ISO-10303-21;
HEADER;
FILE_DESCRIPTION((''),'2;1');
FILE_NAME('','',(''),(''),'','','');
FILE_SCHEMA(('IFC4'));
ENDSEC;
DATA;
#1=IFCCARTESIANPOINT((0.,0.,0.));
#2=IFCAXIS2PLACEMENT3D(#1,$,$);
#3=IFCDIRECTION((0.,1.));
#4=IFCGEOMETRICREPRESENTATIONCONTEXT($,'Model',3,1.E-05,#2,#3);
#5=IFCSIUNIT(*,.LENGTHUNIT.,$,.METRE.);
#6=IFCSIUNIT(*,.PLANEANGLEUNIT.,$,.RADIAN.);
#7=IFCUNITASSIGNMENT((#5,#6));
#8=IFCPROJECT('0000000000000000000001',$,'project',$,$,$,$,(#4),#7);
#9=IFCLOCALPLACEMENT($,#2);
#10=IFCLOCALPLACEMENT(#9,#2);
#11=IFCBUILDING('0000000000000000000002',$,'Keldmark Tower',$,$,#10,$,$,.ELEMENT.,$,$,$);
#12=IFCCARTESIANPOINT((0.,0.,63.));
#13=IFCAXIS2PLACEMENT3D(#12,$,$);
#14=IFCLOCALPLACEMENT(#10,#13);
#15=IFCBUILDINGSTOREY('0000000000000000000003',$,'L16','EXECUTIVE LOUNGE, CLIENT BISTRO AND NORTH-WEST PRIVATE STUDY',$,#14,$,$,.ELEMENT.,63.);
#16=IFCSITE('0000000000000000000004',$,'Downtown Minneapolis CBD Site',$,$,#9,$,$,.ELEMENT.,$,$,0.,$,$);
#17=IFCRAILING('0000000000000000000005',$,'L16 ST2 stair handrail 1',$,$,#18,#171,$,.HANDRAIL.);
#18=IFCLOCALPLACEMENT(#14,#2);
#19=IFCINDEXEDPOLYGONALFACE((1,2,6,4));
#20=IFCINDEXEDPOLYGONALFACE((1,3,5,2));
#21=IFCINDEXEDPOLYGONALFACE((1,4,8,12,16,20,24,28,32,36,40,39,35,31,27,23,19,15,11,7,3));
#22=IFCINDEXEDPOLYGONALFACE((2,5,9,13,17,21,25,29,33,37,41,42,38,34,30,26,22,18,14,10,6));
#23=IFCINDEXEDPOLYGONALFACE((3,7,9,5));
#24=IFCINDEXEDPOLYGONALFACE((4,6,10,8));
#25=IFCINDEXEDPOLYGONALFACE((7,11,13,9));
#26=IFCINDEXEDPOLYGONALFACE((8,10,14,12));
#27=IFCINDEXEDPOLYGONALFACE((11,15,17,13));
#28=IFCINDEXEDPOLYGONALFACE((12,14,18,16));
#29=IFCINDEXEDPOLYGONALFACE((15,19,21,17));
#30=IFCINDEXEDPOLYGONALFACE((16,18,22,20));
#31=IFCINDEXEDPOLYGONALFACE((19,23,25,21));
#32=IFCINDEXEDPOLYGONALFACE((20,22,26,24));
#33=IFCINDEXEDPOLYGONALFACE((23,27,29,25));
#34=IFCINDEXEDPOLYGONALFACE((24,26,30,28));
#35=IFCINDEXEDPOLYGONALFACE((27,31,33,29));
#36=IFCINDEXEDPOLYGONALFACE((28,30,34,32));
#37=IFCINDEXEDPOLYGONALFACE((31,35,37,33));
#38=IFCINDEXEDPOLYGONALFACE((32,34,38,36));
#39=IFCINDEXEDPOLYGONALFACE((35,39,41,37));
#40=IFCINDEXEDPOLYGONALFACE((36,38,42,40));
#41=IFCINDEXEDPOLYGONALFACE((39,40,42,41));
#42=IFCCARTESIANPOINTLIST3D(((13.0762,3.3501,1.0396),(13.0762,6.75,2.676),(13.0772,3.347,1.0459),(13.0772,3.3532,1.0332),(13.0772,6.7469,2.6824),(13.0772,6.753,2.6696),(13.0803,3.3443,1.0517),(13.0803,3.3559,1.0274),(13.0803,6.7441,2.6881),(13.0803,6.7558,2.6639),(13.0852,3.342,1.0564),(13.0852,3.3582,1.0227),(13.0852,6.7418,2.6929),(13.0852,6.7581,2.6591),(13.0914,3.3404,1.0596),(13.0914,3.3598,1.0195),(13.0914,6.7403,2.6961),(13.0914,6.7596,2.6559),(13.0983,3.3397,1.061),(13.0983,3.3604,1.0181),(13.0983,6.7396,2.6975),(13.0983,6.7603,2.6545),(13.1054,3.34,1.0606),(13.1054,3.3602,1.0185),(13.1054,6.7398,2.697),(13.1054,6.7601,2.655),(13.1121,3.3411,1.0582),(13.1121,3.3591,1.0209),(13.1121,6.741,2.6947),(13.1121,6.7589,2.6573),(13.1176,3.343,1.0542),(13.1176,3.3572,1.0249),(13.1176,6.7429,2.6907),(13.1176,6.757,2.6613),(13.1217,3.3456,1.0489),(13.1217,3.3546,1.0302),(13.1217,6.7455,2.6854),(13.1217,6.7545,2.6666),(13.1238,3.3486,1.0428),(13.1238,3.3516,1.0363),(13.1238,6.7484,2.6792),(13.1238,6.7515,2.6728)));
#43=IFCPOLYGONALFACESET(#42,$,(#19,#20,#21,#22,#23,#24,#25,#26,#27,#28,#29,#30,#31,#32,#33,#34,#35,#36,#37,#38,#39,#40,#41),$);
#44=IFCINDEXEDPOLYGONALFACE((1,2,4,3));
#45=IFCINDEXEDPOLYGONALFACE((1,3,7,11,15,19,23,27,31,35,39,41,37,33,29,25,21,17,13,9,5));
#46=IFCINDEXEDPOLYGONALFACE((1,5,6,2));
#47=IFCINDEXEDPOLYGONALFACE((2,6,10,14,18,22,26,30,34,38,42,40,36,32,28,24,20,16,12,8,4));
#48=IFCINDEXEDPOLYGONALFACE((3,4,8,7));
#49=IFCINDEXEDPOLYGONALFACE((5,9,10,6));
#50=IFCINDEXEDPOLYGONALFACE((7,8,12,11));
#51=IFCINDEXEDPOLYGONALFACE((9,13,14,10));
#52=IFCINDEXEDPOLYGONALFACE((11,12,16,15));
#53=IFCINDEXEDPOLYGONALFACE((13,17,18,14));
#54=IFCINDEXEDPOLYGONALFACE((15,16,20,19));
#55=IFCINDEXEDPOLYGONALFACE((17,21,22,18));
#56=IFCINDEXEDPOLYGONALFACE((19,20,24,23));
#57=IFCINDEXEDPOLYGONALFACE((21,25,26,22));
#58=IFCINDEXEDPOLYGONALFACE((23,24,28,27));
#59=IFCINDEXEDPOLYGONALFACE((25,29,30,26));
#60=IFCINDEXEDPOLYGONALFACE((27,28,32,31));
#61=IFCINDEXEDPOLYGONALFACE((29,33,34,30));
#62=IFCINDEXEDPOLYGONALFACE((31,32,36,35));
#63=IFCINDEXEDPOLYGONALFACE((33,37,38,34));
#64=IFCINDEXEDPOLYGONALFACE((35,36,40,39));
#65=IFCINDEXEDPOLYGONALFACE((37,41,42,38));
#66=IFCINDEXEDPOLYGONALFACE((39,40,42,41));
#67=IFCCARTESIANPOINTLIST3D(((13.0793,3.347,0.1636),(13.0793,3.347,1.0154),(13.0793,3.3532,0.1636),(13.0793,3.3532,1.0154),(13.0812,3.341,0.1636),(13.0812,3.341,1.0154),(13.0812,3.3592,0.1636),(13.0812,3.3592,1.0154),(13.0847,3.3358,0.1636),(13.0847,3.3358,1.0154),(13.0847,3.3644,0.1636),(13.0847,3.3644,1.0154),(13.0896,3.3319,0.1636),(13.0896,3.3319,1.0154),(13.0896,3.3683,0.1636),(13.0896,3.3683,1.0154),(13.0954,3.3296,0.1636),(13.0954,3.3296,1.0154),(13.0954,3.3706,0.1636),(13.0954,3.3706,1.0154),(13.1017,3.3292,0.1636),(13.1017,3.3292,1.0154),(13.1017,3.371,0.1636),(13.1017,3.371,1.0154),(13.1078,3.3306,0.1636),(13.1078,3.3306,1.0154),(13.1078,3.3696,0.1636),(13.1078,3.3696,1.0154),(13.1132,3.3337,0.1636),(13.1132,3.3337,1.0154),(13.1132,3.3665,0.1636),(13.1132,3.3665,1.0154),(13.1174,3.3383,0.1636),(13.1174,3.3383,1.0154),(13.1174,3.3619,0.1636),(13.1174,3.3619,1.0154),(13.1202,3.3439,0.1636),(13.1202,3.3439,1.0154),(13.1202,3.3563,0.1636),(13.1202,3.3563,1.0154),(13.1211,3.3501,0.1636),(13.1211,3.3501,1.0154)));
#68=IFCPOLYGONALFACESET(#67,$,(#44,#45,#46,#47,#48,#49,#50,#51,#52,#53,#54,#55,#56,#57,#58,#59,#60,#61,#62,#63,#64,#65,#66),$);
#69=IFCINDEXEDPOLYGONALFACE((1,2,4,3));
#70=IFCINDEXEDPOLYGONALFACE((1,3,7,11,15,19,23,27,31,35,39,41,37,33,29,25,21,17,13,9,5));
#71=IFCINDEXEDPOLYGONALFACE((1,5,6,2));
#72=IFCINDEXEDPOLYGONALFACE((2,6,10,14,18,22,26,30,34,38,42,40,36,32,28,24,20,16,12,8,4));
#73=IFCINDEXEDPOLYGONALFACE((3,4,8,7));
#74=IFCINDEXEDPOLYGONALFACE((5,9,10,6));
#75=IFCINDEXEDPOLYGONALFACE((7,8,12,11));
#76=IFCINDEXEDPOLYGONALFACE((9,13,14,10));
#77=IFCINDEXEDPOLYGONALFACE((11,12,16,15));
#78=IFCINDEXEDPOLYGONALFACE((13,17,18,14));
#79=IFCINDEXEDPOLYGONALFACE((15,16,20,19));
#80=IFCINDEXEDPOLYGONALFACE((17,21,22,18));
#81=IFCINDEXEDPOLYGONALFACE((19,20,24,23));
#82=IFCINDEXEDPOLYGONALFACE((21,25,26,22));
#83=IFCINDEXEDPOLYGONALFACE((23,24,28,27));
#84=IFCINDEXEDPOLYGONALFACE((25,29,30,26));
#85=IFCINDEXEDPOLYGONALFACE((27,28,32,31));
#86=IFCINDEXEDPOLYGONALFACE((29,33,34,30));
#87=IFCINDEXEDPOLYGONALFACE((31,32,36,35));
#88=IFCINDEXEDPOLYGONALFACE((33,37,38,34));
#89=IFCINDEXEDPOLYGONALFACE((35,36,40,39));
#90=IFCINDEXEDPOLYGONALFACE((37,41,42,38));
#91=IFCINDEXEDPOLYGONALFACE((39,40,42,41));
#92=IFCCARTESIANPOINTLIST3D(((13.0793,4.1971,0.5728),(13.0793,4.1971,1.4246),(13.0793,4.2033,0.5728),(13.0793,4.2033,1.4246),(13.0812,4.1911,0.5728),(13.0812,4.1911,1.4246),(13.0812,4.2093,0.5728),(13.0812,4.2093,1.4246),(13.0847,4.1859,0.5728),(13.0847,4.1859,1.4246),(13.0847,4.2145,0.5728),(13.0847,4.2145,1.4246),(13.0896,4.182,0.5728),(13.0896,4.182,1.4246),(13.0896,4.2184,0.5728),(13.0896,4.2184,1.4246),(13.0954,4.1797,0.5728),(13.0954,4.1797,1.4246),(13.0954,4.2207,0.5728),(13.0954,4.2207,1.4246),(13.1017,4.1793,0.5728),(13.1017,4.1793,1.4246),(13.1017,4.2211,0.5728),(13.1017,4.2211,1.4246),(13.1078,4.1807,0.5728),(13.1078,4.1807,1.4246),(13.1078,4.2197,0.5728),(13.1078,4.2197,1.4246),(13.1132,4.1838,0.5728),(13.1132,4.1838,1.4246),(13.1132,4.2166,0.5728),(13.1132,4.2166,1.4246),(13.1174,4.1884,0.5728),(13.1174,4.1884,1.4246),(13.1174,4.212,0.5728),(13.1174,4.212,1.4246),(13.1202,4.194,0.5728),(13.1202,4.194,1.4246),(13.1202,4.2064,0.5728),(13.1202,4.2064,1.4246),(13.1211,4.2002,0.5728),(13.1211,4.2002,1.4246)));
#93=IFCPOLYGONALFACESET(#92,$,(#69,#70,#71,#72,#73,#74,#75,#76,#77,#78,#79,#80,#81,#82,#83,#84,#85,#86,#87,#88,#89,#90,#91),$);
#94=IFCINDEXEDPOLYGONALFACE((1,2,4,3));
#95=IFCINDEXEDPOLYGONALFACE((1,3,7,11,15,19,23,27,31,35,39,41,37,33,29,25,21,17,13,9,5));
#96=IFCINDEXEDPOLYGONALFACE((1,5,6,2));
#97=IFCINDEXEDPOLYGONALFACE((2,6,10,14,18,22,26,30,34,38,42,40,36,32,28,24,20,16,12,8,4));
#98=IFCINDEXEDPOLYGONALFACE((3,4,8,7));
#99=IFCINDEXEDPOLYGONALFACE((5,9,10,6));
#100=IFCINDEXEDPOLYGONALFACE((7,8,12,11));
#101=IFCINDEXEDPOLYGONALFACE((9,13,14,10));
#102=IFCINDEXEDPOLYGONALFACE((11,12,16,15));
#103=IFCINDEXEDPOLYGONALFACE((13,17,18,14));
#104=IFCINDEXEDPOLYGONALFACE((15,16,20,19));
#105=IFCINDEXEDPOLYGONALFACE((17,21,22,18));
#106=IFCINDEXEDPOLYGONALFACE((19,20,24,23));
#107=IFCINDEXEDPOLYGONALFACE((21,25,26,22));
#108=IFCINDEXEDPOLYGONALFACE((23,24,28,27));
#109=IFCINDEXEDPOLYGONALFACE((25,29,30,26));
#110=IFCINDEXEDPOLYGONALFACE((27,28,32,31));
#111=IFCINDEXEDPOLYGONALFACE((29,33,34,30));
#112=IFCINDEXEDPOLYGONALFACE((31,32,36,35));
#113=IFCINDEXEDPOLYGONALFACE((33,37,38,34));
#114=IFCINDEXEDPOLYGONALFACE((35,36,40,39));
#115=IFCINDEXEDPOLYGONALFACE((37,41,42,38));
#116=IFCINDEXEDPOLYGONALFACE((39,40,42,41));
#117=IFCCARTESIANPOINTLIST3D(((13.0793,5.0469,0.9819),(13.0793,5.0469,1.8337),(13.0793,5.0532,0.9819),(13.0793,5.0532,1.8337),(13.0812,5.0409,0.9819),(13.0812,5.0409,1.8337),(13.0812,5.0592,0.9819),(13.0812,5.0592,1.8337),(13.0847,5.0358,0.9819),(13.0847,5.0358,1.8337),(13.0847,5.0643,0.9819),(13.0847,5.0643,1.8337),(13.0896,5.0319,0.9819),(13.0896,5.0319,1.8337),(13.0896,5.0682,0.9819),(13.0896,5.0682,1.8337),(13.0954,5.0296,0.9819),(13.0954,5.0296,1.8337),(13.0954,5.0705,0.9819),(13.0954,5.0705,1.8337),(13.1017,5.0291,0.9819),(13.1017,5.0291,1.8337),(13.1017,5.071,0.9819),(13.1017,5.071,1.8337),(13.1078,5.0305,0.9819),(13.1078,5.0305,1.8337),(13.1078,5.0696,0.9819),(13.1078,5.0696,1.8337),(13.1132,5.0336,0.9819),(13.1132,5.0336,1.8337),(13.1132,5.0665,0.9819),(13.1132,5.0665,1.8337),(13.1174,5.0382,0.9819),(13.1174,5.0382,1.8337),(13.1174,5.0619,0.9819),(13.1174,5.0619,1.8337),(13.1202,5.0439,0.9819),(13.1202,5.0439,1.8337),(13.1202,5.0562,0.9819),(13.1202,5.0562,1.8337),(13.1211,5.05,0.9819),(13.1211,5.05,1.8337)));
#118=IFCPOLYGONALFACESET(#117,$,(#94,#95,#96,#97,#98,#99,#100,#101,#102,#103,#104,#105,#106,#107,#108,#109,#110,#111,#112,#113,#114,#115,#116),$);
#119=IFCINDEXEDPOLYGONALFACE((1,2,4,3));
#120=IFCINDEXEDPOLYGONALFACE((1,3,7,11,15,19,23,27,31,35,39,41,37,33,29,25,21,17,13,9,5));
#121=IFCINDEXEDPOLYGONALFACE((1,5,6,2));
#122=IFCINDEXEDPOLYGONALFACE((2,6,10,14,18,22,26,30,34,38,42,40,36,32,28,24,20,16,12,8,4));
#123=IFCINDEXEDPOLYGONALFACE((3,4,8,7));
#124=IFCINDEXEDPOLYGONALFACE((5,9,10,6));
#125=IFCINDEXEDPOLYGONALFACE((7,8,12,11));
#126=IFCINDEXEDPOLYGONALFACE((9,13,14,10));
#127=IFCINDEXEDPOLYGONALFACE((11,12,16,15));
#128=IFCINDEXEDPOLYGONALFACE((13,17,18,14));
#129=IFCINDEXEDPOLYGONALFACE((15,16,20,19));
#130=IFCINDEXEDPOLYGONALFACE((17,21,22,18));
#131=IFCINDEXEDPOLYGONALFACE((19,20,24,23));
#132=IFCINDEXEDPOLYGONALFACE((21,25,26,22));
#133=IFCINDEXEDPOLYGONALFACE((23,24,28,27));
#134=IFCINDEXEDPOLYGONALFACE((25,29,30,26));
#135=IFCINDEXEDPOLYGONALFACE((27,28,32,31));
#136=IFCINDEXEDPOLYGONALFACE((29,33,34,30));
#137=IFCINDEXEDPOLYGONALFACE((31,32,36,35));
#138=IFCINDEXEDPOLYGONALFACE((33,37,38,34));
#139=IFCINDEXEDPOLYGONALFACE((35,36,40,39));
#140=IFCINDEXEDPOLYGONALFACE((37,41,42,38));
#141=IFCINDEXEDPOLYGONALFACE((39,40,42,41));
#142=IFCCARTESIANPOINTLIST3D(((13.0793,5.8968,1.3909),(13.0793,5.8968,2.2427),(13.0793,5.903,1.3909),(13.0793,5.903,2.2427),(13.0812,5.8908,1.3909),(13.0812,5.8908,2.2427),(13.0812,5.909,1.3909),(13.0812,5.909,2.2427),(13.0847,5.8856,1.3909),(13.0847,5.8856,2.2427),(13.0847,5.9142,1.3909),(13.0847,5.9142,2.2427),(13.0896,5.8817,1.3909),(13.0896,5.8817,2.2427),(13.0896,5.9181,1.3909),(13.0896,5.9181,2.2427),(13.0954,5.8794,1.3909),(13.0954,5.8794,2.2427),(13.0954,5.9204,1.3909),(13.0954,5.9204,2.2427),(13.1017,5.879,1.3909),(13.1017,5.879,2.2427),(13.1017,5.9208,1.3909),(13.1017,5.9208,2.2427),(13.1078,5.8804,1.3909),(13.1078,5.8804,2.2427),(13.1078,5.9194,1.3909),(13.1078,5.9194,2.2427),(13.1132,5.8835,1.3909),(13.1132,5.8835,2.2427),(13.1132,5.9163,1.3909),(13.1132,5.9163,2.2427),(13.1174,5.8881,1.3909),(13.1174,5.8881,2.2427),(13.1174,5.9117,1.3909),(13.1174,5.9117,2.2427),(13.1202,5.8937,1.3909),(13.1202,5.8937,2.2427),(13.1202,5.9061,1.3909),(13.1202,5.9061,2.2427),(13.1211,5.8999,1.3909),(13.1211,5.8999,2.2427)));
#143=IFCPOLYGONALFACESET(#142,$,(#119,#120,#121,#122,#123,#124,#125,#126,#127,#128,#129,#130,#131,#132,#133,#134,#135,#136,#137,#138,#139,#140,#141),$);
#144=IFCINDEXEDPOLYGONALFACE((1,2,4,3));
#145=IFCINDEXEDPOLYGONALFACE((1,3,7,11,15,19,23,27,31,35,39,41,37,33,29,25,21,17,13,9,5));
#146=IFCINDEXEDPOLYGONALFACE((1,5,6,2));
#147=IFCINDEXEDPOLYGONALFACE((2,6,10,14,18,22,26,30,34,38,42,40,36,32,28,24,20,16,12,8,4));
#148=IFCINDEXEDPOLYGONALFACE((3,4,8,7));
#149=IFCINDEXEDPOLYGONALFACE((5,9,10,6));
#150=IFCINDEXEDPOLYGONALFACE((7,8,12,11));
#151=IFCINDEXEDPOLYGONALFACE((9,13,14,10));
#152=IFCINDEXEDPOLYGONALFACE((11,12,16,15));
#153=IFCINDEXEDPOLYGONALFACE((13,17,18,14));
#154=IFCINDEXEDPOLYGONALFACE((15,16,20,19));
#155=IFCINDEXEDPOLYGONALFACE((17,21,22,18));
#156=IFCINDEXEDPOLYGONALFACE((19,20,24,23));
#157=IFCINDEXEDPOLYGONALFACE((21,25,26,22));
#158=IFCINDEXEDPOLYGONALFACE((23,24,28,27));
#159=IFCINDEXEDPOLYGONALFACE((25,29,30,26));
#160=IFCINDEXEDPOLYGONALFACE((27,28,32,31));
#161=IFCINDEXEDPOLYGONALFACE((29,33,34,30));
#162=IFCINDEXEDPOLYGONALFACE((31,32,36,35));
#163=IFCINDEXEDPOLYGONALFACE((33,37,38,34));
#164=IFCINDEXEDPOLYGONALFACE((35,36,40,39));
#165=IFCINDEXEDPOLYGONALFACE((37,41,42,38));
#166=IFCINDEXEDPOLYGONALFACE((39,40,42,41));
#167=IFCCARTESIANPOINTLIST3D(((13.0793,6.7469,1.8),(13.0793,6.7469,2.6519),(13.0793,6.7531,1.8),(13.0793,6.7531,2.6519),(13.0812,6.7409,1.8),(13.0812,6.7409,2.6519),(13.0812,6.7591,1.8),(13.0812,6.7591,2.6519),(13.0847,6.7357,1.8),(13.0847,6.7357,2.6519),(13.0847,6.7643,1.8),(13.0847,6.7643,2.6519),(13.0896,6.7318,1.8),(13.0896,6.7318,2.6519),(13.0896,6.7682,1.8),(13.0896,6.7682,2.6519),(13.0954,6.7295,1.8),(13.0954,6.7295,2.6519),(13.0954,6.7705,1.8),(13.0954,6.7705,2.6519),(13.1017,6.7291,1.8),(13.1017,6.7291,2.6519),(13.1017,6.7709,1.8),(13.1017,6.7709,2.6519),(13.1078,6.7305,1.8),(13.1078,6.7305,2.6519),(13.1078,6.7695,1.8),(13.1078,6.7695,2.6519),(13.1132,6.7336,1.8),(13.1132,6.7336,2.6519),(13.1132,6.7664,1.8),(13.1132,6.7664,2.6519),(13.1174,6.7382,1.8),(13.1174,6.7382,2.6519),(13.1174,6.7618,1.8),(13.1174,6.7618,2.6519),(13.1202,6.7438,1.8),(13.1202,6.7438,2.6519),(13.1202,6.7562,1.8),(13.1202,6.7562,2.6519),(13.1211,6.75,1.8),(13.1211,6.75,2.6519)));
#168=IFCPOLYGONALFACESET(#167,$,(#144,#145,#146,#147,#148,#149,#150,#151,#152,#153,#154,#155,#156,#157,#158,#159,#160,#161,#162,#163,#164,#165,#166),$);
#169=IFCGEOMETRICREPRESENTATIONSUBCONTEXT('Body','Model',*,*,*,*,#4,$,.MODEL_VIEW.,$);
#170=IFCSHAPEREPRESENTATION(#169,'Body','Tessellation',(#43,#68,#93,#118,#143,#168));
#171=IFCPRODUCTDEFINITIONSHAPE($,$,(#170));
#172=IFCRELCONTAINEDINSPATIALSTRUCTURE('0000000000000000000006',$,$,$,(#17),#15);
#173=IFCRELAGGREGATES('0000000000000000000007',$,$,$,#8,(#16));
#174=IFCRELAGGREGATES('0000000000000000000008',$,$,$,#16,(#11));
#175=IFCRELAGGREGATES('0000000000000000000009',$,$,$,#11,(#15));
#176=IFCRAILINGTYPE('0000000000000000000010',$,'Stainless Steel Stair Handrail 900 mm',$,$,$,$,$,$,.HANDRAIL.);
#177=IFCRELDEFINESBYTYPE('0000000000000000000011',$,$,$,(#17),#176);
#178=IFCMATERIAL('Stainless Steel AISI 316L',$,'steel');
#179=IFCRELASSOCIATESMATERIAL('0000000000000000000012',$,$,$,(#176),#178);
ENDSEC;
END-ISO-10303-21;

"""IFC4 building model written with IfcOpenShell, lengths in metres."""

from ifc_helpers import new_model, si_unit, direction, frame, origin, origin_2d, place, context, subcontext, project, spatial, circle, extrude, material, type_object, element, save


model = new_model("IFC4")

# Units and contexts
model_context = context("Model", 3, precision=1e-05, world=origin(), true_north=direction((0.0, 1.0)))
body_context = subcontext(model_context, "Body", "Model", "MODEL_VIEW")
ifc_project = project(units=[si_unit("LENGTHUNIT", "METRE"), si_unit("PLANEANGLEUNIT", "RADIAN")], contexts=[model_context])

# Site, building, storey
site_placement = place(None, origin())
site = spatial("IfcSite", under=ifc_project, at=site_placement, Name="Downtown Minneapolis CBD Site", CompositionType="ELEMENT", RefElevation=0.0)
building_placement = place(site_placement, origin())
building = spatial("IfcBuilding", under=site, at=building_placement, Name="Keldmark Tower", CompositionType="ELEMENT")
storey_placement = place(building_placement, frame((0.0, 0.0, 63.0)))
storey = spatial("IfcBuildingStorey", under=building, at=storey_placement, Name="L16", Description="EXECUTIVE LOUNGE, CLIENT BISTRO AND NORTH-WEST PRIVATE STUDY", CompositionType="ELEMENT", Elevation=63.0)

# Railing
ifc_material_1 = material(Name="Stainless Steel AISI 316L", Category="steel")
railing_type = type_object("IfcRailingType", Name="Stainless Steel Stair Handrail 900 mm", PredefinedType="HANDRAIL", material=ifc_material_1)
railing_placement = place(storey_placement, frame((13.1001, 3.3501, 0.1636)))
element("IfcRailing", 1, at=railing_placement, inside=storey, type_object=railing_type, Name="L16 ST2 stair handrail 1", PredefinedType="HANDRAIL", context=body_context, shape_type="SweptSolid", body=[
    extrude(circle(Radius=0.0239, at=origin_2d()), frame((0.0, 0.0, 0.876), z_axis=(0.0, 0.901055, 0.433705), x_axis=(-1.0, 0.0, 0.0)), (0.0, 0.0, 1.0), 3.7732),
    extrude(circle(Radius=0.021, at=origin_2d()), origin(), (0.0, 0.0, 1.0), 0.8518),
    extrude(circle(Radius=0.021, at=origin_2d()), frame((0.0, 0.8501, 0.4092)), (0.0, 0.0, 1.0), 0.8518),
    extrude(circle(Radius=0.021, at=origin_2d()), frame((0.0, 1.7, 0.8184)), (0.0, 0.0, 1.0), 0.8518),
    extrude(circle(Radius=0.021, at=origin_2d()), frame((0.0, 2.5498, 1.2273)), (0.0, 0.0, 1.0), 0.8518),
    extrude(circle(Radius=0.021, at=origin_2d()), frame((0.0, 3.3999, 1.6365)), (0.0, 0.0, 1.0), 0.8518),
])

save(model, "model.ifc")
